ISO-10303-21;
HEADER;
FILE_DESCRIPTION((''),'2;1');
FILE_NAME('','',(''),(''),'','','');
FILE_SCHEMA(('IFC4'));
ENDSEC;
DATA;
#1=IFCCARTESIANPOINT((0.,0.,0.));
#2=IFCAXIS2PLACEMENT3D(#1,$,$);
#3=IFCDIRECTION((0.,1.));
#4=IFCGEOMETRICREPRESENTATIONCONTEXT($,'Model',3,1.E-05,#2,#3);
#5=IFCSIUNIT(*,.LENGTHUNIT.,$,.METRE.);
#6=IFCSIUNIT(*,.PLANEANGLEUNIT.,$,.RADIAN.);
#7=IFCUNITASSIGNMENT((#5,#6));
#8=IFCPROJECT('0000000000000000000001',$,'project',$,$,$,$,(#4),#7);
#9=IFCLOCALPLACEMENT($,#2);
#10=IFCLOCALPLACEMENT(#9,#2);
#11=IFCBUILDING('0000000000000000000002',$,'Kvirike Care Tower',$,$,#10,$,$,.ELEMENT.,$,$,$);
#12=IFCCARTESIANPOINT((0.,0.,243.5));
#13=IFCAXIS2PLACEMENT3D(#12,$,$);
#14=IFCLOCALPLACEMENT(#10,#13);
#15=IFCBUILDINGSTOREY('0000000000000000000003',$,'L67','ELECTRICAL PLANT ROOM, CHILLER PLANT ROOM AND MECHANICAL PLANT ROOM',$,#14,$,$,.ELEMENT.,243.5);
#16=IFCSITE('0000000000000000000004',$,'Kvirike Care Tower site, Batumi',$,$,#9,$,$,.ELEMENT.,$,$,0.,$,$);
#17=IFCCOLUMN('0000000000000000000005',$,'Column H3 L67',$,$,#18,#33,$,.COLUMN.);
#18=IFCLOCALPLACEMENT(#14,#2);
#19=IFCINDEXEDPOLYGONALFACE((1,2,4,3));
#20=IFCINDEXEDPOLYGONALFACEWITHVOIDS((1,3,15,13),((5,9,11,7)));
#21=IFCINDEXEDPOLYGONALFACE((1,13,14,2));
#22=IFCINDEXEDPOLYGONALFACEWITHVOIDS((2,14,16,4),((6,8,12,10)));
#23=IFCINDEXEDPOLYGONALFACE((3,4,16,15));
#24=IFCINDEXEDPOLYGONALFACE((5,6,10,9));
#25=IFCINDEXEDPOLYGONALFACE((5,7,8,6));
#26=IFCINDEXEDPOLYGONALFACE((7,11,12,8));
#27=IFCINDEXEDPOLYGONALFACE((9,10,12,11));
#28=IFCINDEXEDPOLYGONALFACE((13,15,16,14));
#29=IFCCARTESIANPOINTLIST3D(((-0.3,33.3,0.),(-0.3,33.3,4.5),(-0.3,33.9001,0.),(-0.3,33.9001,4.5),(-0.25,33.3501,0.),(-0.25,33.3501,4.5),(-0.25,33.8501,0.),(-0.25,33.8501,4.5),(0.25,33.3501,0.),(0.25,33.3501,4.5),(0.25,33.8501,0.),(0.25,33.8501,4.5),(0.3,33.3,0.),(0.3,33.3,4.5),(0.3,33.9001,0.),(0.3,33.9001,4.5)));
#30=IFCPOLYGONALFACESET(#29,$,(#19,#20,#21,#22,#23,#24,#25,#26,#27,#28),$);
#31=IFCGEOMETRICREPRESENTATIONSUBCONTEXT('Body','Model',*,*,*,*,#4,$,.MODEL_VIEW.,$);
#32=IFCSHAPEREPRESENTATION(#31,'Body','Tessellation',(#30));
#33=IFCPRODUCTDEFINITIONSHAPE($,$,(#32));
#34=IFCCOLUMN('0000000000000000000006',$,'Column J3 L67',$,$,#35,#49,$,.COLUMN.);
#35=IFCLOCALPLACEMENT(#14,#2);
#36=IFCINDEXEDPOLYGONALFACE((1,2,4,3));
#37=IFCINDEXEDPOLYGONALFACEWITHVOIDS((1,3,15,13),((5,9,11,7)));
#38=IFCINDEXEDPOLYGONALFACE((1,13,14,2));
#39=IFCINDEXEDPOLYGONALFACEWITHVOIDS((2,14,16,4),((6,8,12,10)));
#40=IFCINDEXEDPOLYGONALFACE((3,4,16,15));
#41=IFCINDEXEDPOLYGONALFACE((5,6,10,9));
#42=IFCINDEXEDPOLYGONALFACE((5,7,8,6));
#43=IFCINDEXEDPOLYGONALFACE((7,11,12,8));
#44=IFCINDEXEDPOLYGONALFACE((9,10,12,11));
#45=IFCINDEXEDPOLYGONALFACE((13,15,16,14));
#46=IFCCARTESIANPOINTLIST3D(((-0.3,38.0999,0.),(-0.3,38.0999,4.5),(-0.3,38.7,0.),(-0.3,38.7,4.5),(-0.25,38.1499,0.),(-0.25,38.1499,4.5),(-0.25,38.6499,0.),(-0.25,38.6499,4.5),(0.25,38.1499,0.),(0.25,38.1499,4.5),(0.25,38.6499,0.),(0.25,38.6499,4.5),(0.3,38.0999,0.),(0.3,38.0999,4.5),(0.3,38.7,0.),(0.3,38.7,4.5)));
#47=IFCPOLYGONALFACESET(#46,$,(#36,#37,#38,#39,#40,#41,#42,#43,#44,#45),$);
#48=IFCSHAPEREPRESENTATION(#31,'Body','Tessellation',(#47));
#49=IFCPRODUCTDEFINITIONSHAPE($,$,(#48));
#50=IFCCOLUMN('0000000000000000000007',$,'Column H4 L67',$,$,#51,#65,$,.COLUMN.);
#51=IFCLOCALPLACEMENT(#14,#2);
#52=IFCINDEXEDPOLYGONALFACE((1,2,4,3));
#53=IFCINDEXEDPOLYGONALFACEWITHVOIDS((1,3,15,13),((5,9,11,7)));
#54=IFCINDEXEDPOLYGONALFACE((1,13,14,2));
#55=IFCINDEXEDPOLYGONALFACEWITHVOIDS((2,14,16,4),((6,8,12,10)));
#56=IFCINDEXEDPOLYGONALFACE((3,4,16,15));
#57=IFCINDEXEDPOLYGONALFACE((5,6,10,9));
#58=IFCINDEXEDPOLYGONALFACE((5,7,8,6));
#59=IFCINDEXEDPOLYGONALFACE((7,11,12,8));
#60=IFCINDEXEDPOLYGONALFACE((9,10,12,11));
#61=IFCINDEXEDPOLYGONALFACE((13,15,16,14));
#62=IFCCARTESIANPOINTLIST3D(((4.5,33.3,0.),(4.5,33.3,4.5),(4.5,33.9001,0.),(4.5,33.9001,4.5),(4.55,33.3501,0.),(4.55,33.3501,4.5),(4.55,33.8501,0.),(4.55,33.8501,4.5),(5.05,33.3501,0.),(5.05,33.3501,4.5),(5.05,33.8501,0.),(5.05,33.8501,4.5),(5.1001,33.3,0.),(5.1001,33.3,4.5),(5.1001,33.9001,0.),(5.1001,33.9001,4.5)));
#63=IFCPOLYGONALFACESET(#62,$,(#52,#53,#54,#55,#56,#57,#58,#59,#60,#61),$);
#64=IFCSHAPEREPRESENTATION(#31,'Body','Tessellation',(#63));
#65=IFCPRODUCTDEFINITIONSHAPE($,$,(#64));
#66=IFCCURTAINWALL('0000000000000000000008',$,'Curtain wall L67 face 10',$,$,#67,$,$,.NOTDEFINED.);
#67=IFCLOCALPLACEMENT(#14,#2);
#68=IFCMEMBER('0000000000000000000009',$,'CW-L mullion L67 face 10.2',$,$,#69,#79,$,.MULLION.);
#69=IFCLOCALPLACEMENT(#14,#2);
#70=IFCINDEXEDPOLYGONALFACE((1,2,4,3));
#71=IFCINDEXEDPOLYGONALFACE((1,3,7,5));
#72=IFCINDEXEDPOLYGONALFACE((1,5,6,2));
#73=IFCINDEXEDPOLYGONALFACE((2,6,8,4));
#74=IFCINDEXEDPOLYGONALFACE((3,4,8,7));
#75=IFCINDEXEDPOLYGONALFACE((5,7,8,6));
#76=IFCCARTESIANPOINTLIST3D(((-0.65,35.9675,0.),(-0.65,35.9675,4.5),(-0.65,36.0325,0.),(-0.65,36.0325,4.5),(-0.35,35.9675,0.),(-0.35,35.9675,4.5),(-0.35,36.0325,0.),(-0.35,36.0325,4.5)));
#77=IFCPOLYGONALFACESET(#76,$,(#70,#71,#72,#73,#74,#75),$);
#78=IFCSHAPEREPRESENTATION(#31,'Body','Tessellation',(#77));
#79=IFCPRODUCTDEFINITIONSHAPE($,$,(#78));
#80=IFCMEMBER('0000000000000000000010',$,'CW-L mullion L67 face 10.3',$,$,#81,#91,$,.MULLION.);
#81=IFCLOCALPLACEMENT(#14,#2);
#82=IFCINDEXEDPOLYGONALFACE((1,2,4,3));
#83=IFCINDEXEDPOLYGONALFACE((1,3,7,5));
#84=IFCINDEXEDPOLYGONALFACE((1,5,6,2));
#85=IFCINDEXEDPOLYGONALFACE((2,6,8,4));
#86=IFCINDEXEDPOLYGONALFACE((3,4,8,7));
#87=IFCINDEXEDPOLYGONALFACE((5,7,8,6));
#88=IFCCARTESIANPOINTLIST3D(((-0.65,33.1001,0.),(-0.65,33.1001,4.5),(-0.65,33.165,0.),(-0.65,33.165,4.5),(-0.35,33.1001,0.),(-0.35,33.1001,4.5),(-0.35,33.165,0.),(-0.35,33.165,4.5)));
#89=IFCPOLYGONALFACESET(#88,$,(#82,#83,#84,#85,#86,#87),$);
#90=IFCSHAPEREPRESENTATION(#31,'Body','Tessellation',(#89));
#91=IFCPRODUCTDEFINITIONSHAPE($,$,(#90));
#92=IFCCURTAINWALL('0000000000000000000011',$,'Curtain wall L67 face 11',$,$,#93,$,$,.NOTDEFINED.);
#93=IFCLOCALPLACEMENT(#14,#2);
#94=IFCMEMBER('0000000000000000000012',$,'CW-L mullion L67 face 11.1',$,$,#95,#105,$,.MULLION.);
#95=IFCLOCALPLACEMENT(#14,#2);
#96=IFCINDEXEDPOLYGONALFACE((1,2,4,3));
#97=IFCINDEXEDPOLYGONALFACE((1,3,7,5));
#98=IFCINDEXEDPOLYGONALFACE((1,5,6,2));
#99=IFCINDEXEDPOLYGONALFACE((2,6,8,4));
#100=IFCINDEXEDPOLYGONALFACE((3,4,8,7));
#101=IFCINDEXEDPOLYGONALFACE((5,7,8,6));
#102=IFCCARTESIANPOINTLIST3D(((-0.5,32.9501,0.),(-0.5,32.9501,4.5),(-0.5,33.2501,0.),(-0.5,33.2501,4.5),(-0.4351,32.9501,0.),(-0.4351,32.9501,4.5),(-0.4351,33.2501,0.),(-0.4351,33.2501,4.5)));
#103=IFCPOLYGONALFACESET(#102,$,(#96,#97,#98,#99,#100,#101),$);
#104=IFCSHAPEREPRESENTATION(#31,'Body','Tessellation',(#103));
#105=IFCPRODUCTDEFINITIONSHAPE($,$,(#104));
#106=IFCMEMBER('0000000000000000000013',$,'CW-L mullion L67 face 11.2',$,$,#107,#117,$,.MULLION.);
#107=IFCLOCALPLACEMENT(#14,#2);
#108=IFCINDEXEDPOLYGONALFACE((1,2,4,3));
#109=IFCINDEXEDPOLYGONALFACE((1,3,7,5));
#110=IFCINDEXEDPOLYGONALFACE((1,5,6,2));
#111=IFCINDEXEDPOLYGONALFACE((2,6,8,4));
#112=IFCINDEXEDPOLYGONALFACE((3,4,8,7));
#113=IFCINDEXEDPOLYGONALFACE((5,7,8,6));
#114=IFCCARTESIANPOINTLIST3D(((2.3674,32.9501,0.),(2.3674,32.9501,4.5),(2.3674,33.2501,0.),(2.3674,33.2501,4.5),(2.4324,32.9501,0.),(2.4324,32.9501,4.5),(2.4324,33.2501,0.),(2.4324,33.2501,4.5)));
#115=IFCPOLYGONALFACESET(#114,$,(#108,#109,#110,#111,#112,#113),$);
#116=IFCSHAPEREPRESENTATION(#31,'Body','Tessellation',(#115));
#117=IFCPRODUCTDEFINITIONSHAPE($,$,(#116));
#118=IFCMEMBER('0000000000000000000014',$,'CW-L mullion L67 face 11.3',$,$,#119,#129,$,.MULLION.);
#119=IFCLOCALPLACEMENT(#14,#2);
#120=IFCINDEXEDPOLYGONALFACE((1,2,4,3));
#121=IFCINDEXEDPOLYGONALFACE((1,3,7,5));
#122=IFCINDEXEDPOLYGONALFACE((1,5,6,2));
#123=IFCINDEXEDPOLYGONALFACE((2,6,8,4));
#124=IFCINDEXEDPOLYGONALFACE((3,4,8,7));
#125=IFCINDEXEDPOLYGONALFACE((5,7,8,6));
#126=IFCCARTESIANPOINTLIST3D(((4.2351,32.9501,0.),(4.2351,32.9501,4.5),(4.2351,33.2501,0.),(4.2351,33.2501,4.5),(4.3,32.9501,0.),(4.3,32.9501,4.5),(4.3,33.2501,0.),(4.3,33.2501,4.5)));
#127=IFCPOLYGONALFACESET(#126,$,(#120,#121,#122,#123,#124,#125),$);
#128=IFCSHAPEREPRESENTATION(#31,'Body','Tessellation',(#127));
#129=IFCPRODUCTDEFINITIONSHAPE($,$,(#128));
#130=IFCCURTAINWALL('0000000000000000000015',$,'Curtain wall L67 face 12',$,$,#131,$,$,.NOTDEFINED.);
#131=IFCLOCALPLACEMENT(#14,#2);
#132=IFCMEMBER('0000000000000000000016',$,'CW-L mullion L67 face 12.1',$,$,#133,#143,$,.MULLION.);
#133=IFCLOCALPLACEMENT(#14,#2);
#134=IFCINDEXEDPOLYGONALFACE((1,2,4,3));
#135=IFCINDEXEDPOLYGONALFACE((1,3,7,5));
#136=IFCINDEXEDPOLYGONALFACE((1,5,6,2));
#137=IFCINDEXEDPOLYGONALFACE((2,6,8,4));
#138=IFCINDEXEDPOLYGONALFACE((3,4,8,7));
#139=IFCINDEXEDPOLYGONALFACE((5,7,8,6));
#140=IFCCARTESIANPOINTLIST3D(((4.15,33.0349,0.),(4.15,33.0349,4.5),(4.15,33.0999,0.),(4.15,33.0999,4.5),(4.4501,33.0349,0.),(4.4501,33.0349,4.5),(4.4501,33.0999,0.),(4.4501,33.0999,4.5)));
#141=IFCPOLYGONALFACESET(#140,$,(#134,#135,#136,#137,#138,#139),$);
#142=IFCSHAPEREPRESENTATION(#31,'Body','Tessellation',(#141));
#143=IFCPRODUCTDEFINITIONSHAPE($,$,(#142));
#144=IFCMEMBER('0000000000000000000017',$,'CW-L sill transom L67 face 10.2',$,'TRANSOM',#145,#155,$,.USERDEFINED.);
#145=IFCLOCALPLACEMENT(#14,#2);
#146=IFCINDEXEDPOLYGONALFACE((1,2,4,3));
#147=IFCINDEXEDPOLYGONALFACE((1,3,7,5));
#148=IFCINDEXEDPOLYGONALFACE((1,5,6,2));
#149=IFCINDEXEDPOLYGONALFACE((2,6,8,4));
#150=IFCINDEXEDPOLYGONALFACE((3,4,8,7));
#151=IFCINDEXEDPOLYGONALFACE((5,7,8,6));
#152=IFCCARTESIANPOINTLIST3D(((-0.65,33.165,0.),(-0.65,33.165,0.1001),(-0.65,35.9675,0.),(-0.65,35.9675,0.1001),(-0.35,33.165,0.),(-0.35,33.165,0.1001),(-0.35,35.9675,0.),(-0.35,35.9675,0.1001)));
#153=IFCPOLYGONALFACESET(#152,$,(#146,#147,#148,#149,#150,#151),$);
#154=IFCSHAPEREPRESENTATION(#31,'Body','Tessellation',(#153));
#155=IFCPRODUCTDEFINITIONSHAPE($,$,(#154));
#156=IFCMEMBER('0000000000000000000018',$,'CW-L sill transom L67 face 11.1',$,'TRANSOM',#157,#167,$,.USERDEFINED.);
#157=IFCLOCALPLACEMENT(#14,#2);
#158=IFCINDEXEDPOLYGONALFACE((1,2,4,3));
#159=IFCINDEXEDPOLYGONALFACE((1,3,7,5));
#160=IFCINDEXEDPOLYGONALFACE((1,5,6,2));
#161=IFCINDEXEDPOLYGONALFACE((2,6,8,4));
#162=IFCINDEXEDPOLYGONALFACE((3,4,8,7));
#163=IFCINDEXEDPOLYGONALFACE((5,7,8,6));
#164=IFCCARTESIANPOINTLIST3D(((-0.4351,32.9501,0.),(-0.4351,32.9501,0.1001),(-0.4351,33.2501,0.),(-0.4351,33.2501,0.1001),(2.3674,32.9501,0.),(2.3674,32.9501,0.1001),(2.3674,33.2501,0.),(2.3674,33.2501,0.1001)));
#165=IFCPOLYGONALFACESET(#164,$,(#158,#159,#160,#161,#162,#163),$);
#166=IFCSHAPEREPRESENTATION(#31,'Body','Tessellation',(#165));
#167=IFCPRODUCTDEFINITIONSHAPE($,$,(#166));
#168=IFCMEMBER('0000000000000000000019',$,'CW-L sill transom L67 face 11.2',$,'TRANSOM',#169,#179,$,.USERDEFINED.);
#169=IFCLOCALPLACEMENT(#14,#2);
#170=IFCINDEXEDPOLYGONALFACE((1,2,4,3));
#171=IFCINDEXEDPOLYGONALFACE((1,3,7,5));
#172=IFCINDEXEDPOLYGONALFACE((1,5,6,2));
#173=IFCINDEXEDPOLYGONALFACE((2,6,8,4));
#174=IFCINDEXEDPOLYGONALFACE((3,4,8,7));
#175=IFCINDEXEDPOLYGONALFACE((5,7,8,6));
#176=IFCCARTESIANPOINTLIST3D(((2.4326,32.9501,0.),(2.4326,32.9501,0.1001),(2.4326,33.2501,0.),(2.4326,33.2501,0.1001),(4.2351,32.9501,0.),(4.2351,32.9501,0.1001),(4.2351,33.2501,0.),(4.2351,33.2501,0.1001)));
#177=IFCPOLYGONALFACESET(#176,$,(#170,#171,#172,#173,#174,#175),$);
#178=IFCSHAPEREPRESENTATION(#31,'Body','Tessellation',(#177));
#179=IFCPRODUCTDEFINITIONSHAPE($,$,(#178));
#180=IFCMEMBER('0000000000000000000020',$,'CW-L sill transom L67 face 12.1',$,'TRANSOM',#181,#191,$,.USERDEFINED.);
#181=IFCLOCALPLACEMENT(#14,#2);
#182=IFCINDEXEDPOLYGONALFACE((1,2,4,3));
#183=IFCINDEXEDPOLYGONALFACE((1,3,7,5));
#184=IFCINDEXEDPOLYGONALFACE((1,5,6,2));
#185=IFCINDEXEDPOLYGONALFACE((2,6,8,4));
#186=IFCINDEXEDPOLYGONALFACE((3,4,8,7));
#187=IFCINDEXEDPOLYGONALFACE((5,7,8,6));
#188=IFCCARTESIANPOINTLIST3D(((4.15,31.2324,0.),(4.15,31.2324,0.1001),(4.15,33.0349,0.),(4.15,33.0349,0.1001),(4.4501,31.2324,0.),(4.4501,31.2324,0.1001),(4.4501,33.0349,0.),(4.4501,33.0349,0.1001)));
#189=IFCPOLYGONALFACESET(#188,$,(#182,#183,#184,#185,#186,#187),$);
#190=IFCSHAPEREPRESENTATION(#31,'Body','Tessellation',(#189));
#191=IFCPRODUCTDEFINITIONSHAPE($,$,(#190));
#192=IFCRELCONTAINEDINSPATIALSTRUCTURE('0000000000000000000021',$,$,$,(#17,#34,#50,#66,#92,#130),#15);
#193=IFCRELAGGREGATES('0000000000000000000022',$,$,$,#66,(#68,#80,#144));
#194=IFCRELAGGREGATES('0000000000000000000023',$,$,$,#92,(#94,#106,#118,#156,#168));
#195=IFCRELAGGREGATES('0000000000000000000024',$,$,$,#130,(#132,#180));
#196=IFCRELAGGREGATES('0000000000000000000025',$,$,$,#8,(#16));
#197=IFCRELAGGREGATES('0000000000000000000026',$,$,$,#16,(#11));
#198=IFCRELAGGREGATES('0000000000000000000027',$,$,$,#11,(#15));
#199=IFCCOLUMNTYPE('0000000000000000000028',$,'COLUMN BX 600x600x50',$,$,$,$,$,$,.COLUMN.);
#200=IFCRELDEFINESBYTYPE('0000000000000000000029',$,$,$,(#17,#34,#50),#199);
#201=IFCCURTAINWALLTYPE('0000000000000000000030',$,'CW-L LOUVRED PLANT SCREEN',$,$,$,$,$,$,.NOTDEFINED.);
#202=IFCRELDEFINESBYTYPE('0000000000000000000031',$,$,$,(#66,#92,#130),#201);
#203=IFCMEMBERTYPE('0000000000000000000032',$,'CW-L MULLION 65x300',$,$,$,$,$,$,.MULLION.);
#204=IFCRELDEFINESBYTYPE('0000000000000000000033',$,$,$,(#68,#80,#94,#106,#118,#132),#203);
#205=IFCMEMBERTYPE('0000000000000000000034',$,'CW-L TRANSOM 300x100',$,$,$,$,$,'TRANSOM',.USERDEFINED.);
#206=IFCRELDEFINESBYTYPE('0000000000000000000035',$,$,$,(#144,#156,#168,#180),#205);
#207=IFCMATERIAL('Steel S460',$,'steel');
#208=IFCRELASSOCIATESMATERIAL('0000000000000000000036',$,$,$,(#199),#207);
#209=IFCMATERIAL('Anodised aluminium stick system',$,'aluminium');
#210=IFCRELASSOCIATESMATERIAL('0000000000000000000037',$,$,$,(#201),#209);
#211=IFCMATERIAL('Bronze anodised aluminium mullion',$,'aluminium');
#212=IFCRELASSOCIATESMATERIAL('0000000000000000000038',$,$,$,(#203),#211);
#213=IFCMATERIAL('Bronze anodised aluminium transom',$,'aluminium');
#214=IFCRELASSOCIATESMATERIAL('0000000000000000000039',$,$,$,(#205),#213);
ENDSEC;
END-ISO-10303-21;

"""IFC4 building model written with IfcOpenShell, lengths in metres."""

from ifc_helpers import new_model, si_unit, direction, frame, origin, origin_2d, place, context, subcontext, project, spatial, rectangle, hollow_rectangle, extrude, material, material_profile, profile_set, type_object, element, aggregate, save


model = new_model("IFC4")

# Units and contexts
model_context = context("Model", 3, precision=1e-05, world=origin(), true_north=direction((0.0, 1.0)))
body_context = subcontext(model_context, "Body", "Model", "MODEL_VIEW")
ifc_project = project(units=[si_unit("LENGTHUNIT", "METRE"), si_unit("PLANEANGLEUNIT", "RADIAN")], contexts=[model_context])

# Site, building, storey
site_placement = place(None, origin())
site = spatial("IfcSite", under=ifc_project, at=site_placement, Name="Kvirike Care Tower site, Batumi", CompositionType="ELEMENT", RefElevation=0.0)
building_placement = place(site_placement, origin())
building = spatial("IfcBuilding", under=site, at=building_placement, Name="Kvirike Care Tower", CompositionType="ELEMENT")
storey_placement = place(building_placement, frame((0.0, 0.0, 243.5)))
storey = spatial("IfcBuildingStorey", under=building, at=storey_placement, Name="L67", Description="ELECTRICAL PLANT ROOM, CHILLER PLANT ROOM AND MECHANICAL PLANT ROOM", CompositionType="ELEMENT", Elevation=243.5)

# Columns
ifc_material_1 = material(Name="Steel S460", Category="steel")
ifc_material_profile_1 = material_profile(ifc_material_1, hollow_rectangle(XDim=0.6001, YDim=0.6001, WallThickness=0.05, at=origin_2d()), Name="BX 600x600x50")
ifc_profile_set_1 = profile_set([ifc_material_profile_1], Name="Steel S460")
column_type = type_object("IfcColumnType", Name="COLUMN BX 600x600x50", PredefinedType="COLUMN", material=ifc_profile_set_1)
for number, where, z_axis, x_axis, name in (
    (1, (0.0, 33.6001, 0.0), (0.0, 0.0, 1.0), (0.0, 1.0, 0.0), "Column H3 L67"),
    (2, (0.0, 38.3999, 0.0), (0.0, 0.0, 1.0), (0.0, 1.0, 0.0), "Column J3 L67"),
    (3, (4.8, 33.6001, 0.0), (0.0, 0.0, 1.0), (0.0, 1.0, 0.0), "Column H4 L67"),
):
    element("IfcColumn", number, at=place(storey_placement, frame(where, z_axis=z_axis, x_axis=x_axis)), inside=storey, type_object=column_type, Name=name, PredefinedType="COLUMN", context=body_context, shape_type="SweptSolid", body=[
        extrude(hollow_rectangle(XDim=0.6001, YDim=0.6001, WallThickness=0.05, at=origin_2d()), origin(), (0.0, 0.0, 1.0), 4.5),
    ])

# Curtain walls, members
ifc_material_2 = material(Name="Anodised aluminium stick system", Category="aluminium")
curtain_wall_type = type_object("IfcCurtainWallType", Name="CW-L LOUVRED PLANT SCREEN", PredefinedType="NOTDEFINED", material=ifc_material_2)
curtain_wall_1_placement = place(storey_placement, origin())
curtain_wall_1 = element("IfcCurtainWall", 4, at=curtain_wall_1_placement, inside=storey, type_object=curtain_wall_type, Name="Curtain wall L67 face 10", PredefinedType="NOTDEFINED")
ifc_material_3 = material(Name="Bronze anodised aluminium mullion", Category="aluminium")
ifc_material_profile_2 = material_profile(ifc_material_3, rectangle(XDim=0.0649, YDim=0.3, at=origin_2d()), Name="CW-L MULLION 65x300")
ifc_profile_set_2 = profile_set([ifc_material_profile_2], Name="Bronze anodised aluminium mullion")
member_type_1 = type_object("IfcMemberType", Name="CW-L MULLION 65x300", PredefinedType="MULLION", material=ifc_profile_set_2)
member_1_placement = place(storey_placement, frame((-0.5, 36.0, 0.0), z_axis=(0.0, 0.0, 1.0), x_axis=(0.0, -1.0, 0.0)))
member_1 = element("IfcMember", 5, at=member_1_placement, type_object=member_type_1, Name="CW-L mullion L67 face 10.2", PredefinedType="MULLION", context=body_context, shape_type="SweptSolid", body=[
    extrude(rectangle(XDim=0.0649, YDim=0.3, at=origin_2d()), origin(), (0.0, 0.0, 1.0), 4.5),
])
member_2_placement = place(storey_placement, frame((-0.5, 33.1326, 0.0), z_axis=(0.0, 0.0, 1.0), x_axis=(0.0, -1.0, 0.0)))
member_2 = element("IfcMember", 6, at=member_2_placement, type_object=member_type_1, Name="CW-L mullion L67 face 10.3", PredefinedType="MULLION", context=body_context, shape_type="SweptSolid", body=[
    extrude(rectangle(XDim=0.0649, YDim=0.3, at=origin_2d()), origin(), (0.0, 0.0, 1.0), 4.5),
])
curtain_wall_2_placement = place(storey_placement, origin())
curtain_wall_2 = element("IfcCurtainWall", 7, at=curtain_wall_2_placement, inside=storey, type_object=curtain_wall_type, Name="Curtain wall L67 face 11", PredefinedType="NOTDEFINED")
member_3_placement = place(storey_placement, frame((-0.4675, 33.1001, 0.0), z_axis=(0.0, 0.0, 1.0), x_axis=(1.0, 0.0, 0.0)))
member_3 = element("IfcMember", 8, at=member_3_placement, type_object=member_type_1, Name="CW-L mullion L67 face 11.1", PredefinedType="MULLION", context=body_context, shape_type="SweptSolid", body=[
    extrude(rectangle(XDim=0.0649, YDim=0.3, at=origin_2d()), origin(), (0.0, 0.0, 1.0), 4.5),
])
member_4_placement = place(storey_placement, frame((2.3999, 33.1001, 0.0), z_axis=(0.0, 0.0, 1.0), x_axis=(1.0, 0.0, 0.0)))
member_4 = element("IfcMember", 9, at=member_4_placement, type_object=member_type_1, Name="CW-L mullion L67 face 11.2", PredefinedType="MULLION", context=body_context, shape_type="SweptSolid", body=[
    extrude(rectangle(XDim=0.0649, YDim=0.3, at=origin_2d()), origin(), (0.0, 0.0, 1.0), 4.5),
])
member_5_placement = place(storey_placement, frame((4.2676, 33.1001, 0.0), z_axis=(0.0, 0.0, 1.0), x_axis=(1.0, 0.0, 0.0)))
member_5 = element("IfcMember", 10, at=member_5_placement, type_object=member_type_1, Name="CW-L mullion L67 face 11.3", PredefinedType="MULLION", context=body_context, shape_type="SweptSolid", body=[
    extrude(rectangle(XDim=0.0649, YDim=0.3, at=origin_2d()), origin(), (0.0, 0.0, 1.0), 4.5),
])

# Curtain wall, member
curtain_wall_3_placement = place(storey_placement, origin())
curtain_wall_3 = element("IfcCurtainWall", 11, at=curtain_wall_3_placement, inside=storey, type_object=curtain_wall_type, Name="Curtain wall L67 face 12", PredefinedType="NOTDEFINED")
member_6_placement = place(storey_placement, frame((4.3, 33.0674, 0.0), z_axis=(0.0, 0.0, 1.0), x_axis=(0.0, -1.0, 0.0)))
member_6 = element("IfcMember", 12, at=member_6_placement, type_object=member_type_1, Name="CW-L mullion L67 face 12.1", PredefinedType="MULLION", context=body_context, shape_type="SweptSolid", body=[
    extrude(rectangle(XDim=0.0649, YDim=0.3, at=origin_2d()), origin(), (0.0, 0.0, 1.0), 4.5),
])

# Members
ifc_material_4 = material(Name="Bronze anodised aluminium transom", Category="aluminium")
ifc_material_profile_3 = material_profile(ifc_material_4, rectangle(XDim=0.3, YDim=0.1001, at=origin_2d()), Name="CW-L TRANSOM 300x100")
ifc_profile_set_3 = profile_set([ifc_material_profile_3], Name="Bronze anodised aluminium transom")
member_type_2 = type_object("IfcMemberType", Name="CW-L TRANSOM 300x100", ElementType="TRANSOM", PredefinedType="USERDEFINED", material=ifc_profile_set_3)
member_7_placement = place(storey_placement, frame((-0.5, 35.9675, 0.05), z_axis=(0.0, -1.0, 0.0), x_axis=(1.0, 0.0, 0.0)))
member_7 = element("IfcMember", 13, at=member_7_placement, type_object=member_type_2, Name="CW-L sill transom L67 face 10.2", ObjectType="TRANSOM", PredefinedType="USERDEFINED", context=body_context, shape_type="SweptSolid", body=[
    extrude(rectangle(XDim=0.3, YDim=0.1001, at=origin_2d()), origin(), (0.0, 0.0, 1.0), 2.8025),
])
member_8_placement = place(storey_placement, frame((-0.4351, 33.1001, 0.05), z_axis=(1.0, 0.0, 0.0), x_axis=(0.0, 1.0, 0.0)))
member_8 = element("IfcMember", 14, at=member_8_placement, type_object=member_type_2, Name="CW-L sill transom L67 face 11.1", ObjectType="TRANSOM", PredefinedType="USERDEFINED", context=body_context, shape_type="SweptSolid", body=[
    extrude(rectangle(XDim=0.3, YDim=0.1001, at=origin_2d()), origin(), (0.0, 0.0, 1.0), 2.8025),
])
member_9_placement = place(storey_placement, frame((2.4326, 33.1001, 0.05), z_axis=(1.0, 0.0, 0.0), x_axis=(0.0, 1.0, 0.0)))
member_9 = element("IfcMember", 15, at=member_9_placement, type_object=member_type_2, Name="CW-L sill transom L67 face 11.2", ObjectType="TRANSOM", PredefinedType="USERDEFINED", context=body_context, shape_type="SweptSolid", body=[
    extrude(rectangle(XDim=0.3, YDim=0.1001, at=origin_2d()), origin(), (0.0, 0.0, 1.0), 1.8025),
])
member_10_placement = place(storey_placement, frame((4.3, 33.0349, 0.05), z_axis=(0.0, -1.0, 0.0), x_axis=(1.0, 0.0, 0.0)))
member_10 = element("IfcMember", 16, at=member_10_placement, type_object=member_type_2, Name="CW-L sill transom L67 face 12.1", ObjectType="TRANSOM", PredefinedType="USERDEFINED", context=body_context, shape_type="SweptSolid", body=[
    extrude(rectangle(XDim=0.3, YDim=0.1001, at=origin_2d()), origin(), (0.0, 0.0, 1.0), 1.8025),
])

aggregate(curtain_wall_1, [member_1, member_2, member_7])
aggregate(curtain_wall_2, [member_3, member_4, member_5, member_8, member_9])
aggregate(curtain_wall_3, [member_6, member_10])

save(model, "model.ifc")
